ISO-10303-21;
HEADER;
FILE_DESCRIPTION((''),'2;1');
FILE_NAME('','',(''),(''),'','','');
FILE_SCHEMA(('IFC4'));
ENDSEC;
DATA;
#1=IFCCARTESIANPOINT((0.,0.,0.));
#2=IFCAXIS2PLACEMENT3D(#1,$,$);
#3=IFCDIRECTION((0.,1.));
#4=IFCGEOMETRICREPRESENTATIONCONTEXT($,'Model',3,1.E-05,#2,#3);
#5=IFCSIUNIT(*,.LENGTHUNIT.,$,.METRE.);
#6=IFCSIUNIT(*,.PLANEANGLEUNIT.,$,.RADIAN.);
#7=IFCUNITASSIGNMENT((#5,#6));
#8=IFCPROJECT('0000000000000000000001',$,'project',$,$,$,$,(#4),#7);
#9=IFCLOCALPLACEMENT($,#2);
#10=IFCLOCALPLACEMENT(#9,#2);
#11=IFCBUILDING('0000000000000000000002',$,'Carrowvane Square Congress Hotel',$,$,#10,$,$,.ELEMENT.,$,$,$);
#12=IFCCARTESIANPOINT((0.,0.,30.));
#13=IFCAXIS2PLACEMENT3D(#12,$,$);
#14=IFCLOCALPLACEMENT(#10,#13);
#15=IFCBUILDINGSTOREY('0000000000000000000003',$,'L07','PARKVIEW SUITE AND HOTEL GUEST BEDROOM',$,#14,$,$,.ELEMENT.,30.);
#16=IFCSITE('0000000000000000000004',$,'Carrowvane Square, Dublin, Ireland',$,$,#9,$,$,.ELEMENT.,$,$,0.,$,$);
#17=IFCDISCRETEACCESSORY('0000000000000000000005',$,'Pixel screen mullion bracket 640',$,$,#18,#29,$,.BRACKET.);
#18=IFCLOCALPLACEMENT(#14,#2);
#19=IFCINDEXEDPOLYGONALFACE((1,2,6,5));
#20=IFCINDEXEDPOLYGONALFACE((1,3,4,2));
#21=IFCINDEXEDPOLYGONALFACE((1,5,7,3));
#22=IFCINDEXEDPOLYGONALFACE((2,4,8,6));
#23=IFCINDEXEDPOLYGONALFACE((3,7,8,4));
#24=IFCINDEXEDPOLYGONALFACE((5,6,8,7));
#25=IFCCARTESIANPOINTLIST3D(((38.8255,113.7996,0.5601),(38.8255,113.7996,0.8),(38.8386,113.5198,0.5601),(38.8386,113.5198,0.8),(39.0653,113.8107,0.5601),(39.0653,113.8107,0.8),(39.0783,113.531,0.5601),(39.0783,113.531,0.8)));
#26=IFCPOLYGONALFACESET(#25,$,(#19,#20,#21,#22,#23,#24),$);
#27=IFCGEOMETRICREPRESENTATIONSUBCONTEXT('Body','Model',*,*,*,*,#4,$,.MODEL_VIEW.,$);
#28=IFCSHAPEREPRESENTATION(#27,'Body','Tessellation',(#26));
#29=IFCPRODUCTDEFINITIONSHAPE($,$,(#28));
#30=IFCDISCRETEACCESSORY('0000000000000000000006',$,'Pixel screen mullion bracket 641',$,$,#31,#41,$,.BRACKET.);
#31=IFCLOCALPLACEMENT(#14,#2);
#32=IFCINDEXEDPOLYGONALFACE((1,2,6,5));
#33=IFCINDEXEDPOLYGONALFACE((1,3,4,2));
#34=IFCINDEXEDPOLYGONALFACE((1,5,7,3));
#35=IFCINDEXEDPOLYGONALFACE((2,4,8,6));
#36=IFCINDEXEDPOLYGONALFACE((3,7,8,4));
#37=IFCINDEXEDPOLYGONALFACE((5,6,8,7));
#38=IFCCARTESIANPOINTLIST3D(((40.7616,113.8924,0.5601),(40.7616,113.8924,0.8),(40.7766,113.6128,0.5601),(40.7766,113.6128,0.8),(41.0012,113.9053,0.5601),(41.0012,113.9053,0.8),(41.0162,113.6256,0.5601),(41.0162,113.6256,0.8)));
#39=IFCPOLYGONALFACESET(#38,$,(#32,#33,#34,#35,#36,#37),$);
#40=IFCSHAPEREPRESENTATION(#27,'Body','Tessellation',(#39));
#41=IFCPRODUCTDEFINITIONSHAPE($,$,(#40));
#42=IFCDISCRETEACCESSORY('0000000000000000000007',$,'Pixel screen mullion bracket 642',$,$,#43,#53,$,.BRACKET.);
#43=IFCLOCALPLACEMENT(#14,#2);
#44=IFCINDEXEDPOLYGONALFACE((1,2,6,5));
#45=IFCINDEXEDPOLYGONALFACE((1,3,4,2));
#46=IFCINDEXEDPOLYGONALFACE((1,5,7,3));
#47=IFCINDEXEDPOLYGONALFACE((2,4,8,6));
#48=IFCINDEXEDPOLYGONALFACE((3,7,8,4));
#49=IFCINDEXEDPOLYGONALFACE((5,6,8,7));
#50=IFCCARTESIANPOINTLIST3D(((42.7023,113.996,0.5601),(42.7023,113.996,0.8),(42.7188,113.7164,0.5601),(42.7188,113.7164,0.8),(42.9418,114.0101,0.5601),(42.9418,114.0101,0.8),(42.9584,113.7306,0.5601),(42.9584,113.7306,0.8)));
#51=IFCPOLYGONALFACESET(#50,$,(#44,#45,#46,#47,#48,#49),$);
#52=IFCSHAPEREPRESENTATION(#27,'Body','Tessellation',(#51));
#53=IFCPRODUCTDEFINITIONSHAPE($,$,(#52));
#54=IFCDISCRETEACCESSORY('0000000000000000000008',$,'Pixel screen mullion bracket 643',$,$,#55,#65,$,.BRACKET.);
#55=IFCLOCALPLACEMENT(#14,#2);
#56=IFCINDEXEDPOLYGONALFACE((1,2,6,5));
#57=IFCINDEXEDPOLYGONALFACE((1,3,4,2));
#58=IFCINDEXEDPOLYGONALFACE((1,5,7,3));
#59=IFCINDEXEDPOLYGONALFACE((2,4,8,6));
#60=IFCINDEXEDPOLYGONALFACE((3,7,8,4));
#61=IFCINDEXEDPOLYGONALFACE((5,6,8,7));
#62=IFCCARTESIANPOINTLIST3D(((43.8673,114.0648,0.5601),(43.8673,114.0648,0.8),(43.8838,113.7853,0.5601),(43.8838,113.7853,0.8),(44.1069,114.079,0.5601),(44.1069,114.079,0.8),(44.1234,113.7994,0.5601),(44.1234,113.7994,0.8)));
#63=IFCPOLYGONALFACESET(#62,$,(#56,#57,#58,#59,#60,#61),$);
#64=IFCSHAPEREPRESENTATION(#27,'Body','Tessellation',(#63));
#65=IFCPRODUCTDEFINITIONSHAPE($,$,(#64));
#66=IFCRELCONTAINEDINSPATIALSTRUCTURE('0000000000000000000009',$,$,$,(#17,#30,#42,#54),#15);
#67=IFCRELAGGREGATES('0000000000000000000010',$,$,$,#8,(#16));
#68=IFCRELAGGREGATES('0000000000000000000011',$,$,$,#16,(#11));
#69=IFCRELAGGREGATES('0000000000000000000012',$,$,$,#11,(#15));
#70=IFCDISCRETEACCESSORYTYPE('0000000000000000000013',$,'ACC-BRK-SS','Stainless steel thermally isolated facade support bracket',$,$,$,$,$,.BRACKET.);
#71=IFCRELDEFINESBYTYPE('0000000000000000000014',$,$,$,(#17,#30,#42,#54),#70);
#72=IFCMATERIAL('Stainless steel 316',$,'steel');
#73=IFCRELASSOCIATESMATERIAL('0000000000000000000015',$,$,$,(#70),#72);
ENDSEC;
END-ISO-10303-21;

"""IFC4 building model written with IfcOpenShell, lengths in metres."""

from ifc_helpers import new_model, si_unit, direction, frame, origin, origin_2d, place, context, subcontext, project, spatial, rectangle, extrude, material, type_object, element, save


model = new_model("IFC4")

# Units and contexts
model_context = context("Model", 3, precision=1e-05, world=origin(), true_north=direction((0.0, 1.0)))
body_context = subcontext(model_context, "Body", "Model", "MODEL_VIEW")
ifc_project = project(units=[si_unit("LENGTHUNIT", "METRE"), si_unit("PLANEANGLEUNIT", "RADIAN")], contexts=[model_context])

# Site, building, storey
site_placement = place(None, origin())
site = spatial("IfcSite", under=ifc_project, at=site_placement, Name="Carrowvane Square, Dublin, Ireland", CompositionType="ELEMENT", RefElevation=0.0)
building_placement = place(site_placement, origin())
building = spatial("IfcBuilding", under=site, at=building_placement, Name="Carrowvane Square Congress Hotel", CompositionType="ELEMENT")
storey_placement = place(building_placement, frame((0.0, 0.0, 30.0)))
storey = spatial("IfcBuildingStorey", under=building, at=storey_placement, Name="L07", Description="PARKVIEW SUITE AND HOTEL GUEST BEDROOM", CompositionType="ELEMENT", Elevation=30.0)

# Discrete accessories
ifc_material_1 = material(Name="Stainless steel 316", Category="steel")
discrete_accessory_type = type_object("IfcDiscreteAccessoryType", Name="ACC-BRK-SS", Description="Stainless steel thermally isolated facade support bracket", PredefinedType="BRACKET", material=ifc_material_1)
for number, where, z_axis, x_axis, name in (
    (1, (38.9519, 113.6653, 0.5601), (0.0, 0.0, 1.0), (0.998917, 0.046521, 0.0), "Pixel screen mullion bracket 640"),
    (2, (40.8889, 113.759, 0.5601), (0.0, 0.0, 1.0), (0.998567, 0.053517, 0.0), "Pixel screen mullion bracket 641"),
    (3, (42.8303, 113.8633, 0.5601), (0.0, 0.0, 1.0), (0.998259, 0.058985, 0.0), "Pixel screen mullion bracket 642"),
    (4, (43.9954, 113.9321, 0.5601), (0.0, 0.0, 1.0), (0.998259, 0.058985, 0.0), "Pixel screen mullion bracket 643"),
):
    element("IfcDiscreteAccessory", number, at=place(storey_placement, frame(where, z_axis=z_axis, x_axis=x_axis)), inside=storey, type_object=discrete_accessory_type, Name=name, PredefinedType="BRACKET", context=body_context, shape_type="SweptSolid", body=[
        extrude(rectangle(XDim=0.24, YDim=0.28, at=origin_2d()), origin(), (0.0, 0.0, 1.0), 0.24),
    ])

save(model, "model.ifc")
